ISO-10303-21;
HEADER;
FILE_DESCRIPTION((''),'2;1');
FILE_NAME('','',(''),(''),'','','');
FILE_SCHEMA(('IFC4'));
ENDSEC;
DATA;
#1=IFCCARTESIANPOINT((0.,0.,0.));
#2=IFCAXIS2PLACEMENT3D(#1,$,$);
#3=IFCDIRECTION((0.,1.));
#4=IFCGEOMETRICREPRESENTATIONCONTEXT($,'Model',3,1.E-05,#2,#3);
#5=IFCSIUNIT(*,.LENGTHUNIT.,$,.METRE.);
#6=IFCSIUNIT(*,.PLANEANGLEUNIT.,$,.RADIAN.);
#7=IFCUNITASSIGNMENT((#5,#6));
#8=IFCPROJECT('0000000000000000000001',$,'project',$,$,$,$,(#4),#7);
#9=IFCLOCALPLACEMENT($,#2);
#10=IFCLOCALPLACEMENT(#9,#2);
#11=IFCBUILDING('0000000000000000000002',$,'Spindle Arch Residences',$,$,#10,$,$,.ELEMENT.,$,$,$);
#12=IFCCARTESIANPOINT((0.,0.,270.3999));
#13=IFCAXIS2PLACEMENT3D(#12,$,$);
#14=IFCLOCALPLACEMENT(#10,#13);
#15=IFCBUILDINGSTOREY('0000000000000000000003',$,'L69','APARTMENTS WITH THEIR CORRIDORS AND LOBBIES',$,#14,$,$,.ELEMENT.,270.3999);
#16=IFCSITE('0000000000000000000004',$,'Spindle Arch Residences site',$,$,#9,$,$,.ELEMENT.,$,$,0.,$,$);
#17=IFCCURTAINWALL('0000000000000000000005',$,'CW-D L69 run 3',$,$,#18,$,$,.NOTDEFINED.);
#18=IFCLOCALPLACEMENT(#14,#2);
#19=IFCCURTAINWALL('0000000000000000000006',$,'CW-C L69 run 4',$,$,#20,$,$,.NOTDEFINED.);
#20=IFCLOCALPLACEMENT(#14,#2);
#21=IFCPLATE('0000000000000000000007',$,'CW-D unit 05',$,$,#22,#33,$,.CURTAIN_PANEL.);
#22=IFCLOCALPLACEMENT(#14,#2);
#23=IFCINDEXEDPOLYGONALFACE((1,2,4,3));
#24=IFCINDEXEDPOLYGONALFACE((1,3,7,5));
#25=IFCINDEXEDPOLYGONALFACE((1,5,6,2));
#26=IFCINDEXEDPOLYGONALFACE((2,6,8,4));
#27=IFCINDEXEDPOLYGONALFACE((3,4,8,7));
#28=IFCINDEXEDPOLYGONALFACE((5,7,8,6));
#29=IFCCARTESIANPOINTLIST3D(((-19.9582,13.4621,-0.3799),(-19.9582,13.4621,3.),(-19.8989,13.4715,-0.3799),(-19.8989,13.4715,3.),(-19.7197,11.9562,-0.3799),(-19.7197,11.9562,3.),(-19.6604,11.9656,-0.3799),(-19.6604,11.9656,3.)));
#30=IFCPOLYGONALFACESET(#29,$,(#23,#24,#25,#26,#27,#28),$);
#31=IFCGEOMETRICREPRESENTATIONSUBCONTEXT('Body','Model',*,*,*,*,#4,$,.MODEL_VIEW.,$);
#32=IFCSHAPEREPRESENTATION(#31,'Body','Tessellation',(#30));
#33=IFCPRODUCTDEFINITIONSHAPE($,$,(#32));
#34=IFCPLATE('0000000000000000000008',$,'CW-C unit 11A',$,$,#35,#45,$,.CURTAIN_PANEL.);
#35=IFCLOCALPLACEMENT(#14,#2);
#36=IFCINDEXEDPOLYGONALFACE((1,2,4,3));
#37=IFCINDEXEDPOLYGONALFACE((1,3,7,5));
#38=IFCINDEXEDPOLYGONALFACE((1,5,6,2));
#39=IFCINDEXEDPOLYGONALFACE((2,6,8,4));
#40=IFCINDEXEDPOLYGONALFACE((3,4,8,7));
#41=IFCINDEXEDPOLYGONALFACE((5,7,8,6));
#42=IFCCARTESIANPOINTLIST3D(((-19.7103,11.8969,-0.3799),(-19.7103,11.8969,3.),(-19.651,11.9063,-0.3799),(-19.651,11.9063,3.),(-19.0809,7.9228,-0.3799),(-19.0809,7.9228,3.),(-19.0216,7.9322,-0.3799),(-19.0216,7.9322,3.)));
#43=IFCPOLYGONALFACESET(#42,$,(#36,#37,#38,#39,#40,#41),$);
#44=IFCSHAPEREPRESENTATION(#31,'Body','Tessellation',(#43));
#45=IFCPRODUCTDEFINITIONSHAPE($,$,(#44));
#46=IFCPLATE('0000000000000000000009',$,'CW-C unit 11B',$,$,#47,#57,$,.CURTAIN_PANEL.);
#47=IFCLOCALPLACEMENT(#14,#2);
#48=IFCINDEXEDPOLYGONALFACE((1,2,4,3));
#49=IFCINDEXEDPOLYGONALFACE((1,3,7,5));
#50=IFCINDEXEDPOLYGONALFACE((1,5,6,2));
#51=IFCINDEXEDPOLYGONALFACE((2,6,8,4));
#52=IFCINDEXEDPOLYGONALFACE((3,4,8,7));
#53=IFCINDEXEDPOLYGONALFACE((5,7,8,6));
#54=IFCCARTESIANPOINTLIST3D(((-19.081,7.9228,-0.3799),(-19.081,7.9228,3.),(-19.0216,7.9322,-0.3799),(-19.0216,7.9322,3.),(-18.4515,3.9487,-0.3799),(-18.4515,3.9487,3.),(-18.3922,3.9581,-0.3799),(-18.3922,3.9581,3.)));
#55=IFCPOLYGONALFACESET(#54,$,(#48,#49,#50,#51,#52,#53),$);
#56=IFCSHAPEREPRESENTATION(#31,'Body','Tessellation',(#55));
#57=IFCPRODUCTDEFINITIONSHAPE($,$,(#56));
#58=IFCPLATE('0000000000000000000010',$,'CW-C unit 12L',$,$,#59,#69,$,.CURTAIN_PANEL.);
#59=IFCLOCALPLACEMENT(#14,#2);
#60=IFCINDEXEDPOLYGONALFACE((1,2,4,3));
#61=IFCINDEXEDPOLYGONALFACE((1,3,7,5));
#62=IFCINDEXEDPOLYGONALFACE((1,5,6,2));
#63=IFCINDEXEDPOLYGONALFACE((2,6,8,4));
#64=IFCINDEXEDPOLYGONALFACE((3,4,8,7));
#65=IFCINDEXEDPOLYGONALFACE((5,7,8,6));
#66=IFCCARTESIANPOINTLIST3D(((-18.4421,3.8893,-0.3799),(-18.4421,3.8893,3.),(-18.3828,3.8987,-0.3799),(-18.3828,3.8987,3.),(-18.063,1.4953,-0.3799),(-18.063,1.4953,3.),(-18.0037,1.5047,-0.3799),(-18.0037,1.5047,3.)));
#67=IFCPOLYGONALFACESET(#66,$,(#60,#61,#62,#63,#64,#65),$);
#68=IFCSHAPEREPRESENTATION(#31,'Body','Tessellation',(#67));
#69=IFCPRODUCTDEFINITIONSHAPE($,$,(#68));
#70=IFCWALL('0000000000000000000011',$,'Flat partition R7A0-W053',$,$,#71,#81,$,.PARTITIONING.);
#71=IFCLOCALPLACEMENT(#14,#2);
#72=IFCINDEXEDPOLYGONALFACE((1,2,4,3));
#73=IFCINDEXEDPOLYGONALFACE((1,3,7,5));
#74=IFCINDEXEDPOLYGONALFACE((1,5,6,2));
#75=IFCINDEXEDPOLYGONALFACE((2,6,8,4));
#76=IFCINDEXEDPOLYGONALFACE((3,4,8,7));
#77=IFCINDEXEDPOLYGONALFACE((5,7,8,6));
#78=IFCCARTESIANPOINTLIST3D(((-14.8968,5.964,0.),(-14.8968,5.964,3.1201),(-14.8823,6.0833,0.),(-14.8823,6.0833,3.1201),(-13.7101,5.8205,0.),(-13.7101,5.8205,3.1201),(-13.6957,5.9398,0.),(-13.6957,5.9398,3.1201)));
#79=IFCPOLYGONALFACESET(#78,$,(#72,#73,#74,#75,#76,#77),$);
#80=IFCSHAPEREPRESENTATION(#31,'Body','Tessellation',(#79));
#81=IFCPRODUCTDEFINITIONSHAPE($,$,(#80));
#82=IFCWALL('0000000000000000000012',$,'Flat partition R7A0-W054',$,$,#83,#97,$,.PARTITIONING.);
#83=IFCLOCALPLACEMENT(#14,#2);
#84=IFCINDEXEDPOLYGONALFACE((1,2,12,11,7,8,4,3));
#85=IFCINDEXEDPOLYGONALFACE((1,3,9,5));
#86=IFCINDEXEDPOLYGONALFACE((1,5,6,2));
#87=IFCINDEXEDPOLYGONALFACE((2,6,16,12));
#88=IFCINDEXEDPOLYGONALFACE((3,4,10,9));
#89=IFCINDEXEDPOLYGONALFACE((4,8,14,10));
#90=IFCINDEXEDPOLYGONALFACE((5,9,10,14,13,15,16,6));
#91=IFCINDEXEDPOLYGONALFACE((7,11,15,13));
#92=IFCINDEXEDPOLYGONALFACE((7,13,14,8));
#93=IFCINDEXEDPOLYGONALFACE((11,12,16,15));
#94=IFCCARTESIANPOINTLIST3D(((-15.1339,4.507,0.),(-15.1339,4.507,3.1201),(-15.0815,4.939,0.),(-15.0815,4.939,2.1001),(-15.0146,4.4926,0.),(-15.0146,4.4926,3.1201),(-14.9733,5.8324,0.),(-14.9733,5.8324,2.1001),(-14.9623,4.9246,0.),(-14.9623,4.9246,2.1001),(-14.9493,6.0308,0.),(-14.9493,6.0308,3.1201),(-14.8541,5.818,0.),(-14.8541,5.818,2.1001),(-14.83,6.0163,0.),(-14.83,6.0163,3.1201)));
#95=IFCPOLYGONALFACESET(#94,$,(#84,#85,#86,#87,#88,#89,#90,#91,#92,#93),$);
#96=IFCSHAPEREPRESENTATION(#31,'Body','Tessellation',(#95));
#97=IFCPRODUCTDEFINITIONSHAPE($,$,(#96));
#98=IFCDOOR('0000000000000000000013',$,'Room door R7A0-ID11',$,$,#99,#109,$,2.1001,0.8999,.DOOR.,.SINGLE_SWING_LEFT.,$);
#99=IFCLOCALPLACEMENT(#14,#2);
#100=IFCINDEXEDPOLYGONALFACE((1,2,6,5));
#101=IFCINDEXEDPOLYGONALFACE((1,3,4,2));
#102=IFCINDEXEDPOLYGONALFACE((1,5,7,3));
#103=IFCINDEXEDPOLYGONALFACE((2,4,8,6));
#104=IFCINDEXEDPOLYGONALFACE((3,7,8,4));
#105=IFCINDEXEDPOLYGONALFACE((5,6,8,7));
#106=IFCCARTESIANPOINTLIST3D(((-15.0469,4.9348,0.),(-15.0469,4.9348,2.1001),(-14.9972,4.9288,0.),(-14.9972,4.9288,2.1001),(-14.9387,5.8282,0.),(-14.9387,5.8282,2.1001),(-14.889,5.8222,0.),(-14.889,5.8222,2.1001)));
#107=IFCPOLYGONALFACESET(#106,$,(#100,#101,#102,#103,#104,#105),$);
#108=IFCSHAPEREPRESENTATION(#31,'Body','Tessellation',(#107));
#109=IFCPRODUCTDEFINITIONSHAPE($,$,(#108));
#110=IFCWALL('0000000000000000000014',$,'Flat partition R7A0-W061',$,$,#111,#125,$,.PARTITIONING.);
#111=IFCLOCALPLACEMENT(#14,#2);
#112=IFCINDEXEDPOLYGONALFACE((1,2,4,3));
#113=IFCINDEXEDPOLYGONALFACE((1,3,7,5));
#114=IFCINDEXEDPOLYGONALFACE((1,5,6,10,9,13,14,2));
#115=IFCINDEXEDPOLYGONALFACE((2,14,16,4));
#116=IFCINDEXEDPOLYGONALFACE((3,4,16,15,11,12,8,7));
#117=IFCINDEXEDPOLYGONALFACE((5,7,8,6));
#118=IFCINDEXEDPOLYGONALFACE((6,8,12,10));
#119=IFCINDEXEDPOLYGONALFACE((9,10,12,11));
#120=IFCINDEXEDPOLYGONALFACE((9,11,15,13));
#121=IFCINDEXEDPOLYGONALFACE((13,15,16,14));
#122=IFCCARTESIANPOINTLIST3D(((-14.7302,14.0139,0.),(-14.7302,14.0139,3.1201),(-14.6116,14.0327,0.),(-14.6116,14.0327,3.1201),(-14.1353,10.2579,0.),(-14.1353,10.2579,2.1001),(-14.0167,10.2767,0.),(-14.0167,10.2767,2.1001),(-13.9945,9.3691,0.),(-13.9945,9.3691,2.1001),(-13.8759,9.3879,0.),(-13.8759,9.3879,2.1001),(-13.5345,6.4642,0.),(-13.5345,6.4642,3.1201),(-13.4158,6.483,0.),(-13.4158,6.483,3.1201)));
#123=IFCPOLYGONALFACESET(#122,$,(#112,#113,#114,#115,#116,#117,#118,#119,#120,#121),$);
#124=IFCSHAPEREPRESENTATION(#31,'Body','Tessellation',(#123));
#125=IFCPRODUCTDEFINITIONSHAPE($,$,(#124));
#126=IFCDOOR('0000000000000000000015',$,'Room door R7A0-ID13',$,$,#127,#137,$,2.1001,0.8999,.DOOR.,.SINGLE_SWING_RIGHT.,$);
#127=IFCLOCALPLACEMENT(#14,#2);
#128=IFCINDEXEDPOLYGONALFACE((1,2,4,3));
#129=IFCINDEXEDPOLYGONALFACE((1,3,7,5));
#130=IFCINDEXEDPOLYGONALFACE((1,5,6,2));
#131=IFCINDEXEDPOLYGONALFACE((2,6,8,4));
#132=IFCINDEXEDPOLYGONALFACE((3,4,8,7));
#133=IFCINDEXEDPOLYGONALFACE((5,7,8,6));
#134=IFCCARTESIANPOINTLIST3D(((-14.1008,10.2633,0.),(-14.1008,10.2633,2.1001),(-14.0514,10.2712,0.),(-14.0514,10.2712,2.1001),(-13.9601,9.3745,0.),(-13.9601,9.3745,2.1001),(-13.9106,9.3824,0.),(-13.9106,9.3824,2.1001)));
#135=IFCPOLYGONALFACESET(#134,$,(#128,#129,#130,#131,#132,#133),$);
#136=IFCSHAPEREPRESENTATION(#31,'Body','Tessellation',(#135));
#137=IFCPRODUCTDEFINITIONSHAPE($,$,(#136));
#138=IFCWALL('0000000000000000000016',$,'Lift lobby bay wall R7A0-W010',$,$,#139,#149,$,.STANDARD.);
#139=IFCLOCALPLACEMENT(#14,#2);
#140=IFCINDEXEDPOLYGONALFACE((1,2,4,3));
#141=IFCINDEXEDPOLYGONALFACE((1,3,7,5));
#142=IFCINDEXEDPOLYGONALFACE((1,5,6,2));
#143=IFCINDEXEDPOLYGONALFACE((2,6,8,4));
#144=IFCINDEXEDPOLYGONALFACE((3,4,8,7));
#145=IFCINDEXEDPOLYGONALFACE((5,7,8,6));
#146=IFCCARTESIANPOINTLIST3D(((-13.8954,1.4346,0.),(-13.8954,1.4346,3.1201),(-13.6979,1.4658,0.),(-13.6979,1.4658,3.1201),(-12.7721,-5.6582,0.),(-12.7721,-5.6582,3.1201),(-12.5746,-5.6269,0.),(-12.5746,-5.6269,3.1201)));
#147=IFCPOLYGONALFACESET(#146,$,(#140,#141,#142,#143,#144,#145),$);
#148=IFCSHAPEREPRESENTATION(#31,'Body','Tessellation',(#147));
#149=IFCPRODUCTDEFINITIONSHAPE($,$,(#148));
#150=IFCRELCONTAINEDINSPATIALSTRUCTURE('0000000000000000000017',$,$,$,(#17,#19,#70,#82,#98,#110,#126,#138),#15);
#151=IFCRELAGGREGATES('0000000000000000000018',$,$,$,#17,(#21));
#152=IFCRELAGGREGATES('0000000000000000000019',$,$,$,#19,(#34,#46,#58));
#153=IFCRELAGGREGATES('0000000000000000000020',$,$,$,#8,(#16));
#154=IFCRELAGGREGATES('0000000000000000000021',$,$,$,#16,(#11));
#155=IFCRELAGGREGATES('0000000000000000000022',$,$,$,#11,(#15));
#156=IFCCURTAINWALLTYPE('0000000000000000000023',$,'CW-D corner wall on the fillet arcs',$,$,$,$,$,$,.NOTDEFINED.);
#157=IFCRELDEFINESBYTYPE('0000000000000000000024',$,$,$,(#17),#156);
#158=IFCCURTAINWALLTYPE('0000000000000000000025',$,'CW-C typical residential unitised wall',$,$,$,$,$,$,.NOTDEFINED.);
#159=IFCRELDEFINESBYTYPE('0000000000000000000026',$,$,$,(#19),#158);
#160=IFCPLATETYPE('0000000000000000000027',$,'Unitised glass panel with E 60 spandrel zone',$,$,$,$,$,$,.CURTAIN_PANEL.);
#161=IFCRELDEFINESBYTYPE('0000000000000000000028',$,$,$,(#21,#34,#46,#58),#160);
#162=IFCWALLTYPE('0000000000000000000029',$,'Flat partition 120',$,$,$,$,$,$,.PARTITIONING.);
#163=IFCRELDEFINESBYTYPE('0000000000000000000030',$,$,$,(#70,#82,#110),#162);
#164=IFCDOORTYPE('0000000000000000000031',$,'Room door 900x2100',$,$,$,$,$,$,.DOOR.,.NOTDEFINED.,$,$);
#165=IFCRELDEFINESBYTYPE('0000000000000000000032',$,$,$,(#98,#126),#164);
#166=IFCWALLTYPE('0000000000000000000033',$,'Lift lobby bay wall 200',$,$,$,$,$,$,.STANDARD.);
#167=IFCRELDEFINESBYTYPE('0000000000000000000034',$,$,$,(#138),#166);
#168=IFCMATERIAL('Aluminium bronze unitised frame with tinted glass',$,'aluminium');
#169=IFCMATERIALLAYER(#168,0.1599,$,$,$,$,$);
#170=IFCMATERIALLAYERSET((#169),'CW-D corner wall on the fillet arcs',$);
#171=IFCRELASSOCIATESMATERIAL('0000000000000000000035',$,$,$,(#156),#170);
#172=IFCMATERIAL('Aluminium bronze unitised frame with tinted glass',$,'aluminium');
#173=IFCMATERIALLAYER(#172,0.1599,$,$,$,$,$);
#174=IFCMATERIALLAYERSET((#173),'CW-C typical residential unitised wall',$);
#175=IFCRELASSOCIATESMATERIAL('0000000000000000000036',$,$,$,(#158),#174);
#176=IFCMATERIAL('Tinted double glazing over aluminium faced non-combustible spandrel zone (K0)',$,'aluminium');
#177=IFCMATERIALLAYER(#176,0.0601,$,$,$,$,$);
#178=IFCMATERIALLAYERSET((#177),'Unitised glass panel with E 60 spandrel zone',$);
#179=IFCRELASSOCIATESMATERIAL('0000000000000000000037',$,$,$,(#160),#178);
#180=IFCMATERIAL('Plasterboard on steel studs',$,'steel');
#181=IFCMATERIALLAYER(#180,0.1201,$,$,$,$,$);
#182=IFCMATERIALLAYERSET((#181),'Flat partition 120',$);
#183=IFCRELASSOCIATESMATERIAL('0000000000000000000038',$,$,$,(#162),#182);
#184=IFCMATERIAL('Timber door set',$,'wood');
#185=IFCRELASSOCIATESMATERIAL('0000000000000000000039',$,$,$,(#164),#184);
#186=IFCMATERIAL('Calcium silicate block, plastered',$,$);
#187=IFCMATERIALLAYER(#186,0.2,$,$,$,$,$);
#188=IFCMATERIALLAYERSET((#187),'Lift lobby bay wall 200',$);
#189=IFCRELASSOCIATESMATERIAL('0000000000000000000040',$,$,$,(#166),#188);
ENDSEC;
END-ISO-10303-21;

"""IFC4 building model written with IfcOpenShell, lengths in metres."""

from ifc_helpers import new_model, si_unit, direction, frame, frame_2d, origin, origin_2d, place, context, subcontext, project, spatial, rectangle, extrude, material, layer, layer_set, type_object, element, fill, aggregate, save


model = new_model("IFC4")

# Units and contexts
model_context = context("Model", 3, precision=1e-05, world=origin(), true_north=direction((0.0, 1.0)))
body_context = subcontext(model_context, "Body", "Model", "MODEL_VIEW")
ifc_project = project(units=[si_unit("LENGTHUNIT", "METRE"), si_unit("PLANEANGLEUNIT", "RADIAN")], contexts=[model_context])

# Site, building, storey
site_placement = place(None, origin())
site = spatial("IfcSite", under=ifc_project, at=site_placement, Name="Spindle Arch Residences site", CompositionType="ELEMENT", RefElevation=0.0)
building_placement = place(site_placement, origin())
building = spatial("IfcBuilding", under=site, at=building_placement, Name="Spindle Arch Residences", CompositionType="ELEMENT")
storey_placement = place(building_placement, frame((0.0, 0.0, 270.3999)))
storey = spatial("IfcBuildingStorey", under=building, at=storey_placement, Name="L69", Description="APARTMENTS WITH THEIR CORRIDORS AND LOBBIES", CompositionType="ELEMENT", Elevation=270.3999)

# Curtain wall
ifc_material_1 = material(Name="Aluminium bronze unitised frame with tinted glass", Category="aluminium")
ifc_layer_1 = layer(ifc_material_1, 0.1599)
ifc_layer_set_1 = layer_set([ifc_layer_1], Name="CW-D corner wall on the fillet arcs")
curtain_wall_type_1 = type_object("IfcCurtainWallType", Name="CW-D corner wall on the fillet arcs", PredefinedType="NOTDEFINED", material=ifc_layer_set_1)
curtain_wall_1_placement = place(storey_placement, origin())
curtain_wall_1 = element("IfcCurtainWall", 1, at=curtain_wall_1_placement, inside=storey, type_object=curtain_wall_type_1, Name="CW-D L69 run 3", PredefinedType="NOTDEFINED")

# Curtain wall
ifc_material_2 = material(Name="Aluminium bronze unitised frame with tinted glass", Category="aluminium")
ifc_layer_2 = layer(ifc_material_2, 0.1599)
ifc_layer_set_2 = layer_set([ifc_layer_2], Name="CW-C typical residential unitised wall")
curtain_wall_type_2 = type_object("IfcCurtainWallType", Name="CW-C typical residential unitised wall", PredefinedType="NOTDEFINED", material=ifc_layer_set_2)
curtain_wall_2_placement = place(storey_placement, origin())
curtain_wall_2 = element("IfcCurtainWall", 2, at=curtain_wall_2_placement, inside=storey, type_object=curtain_wall_type_2, Name="CW-C L69 run 4", PredefinedType="NOTDEFINED")

# Plates
ifc_material_3 = material(Name="Tinted double glazing over aluminium faced non-combustible spandrel zone (K0)", Category="aluminium")
ifc_layer_3 = layer(ifc_material_3, 0.0601)
ifc_layer_set_3 = layer_set([ifc_layer_3], Name="Unitised glass panel with E 60 spandrel zone")
plate_type = type_object("IfcPlateType", Name="Unitised glass panel with E 60 spandrel zone", PredefinedType="CURTAIN_PANEL", material=ifc_layer_set_3)
plate_1_placement = place(storey_placement, frame((-19.8093, 12.7139, -0.3799), z_axis=(0.0, 0.0, 1.0), x_axis=(0.156434, -0.987688, 0.0)))
plate_1 = element("IfcPlate", 3, at=plate_1_placement, type_object=plate_type, Name="CW-D unit 05", PredefinedType="CURTAIN_PANEL", context=body_context, shape_type="SweptSolid", body=[
    extrude(rectangle(XDim=1.5247, YDim=0.0601, at=origin_2d()), origin(), (0.0, 0.0, 1.0), 3.3799),
])
aggregate(curtain_wall_1, [plate_1])
plate_2_placement = place(storey_placement, frame((-19.366, 9.9146, -0.3799), z_axis=(0.0, 0.0, 1.0), x_axis=(0.156434, -0.987688, 0.0)))
plate_2 = element("IfcPlate", 4, at=plate_2_placement, type_object=plate_type, Name="CW-C unit 11A", PredefinedType="CURTAIN_PANEL", context=body_context, shape_type="SweptSolid", body=[
    extrude(rectangle(XDim=4.0237, YDim=0.0601, at=origin_2d()), origin(), (0.0, 0.0, 1.0), 3.3799),
])
plate_3_placement = place(storey_placement, frame((-18.7366, 5.9404, -0.3799), z_axis=(0.0, 0.0, 1.0), x_axis=(0.156434, -0.987688, 0.0)))
plate_3 = element("IfcPlate", 5, at=plate_3_placement, type_object=plate_type, Name="CW-C unit 11B", PredefinedType="CURTAIN_PANEL", context=body_context, shape_type="SweptSolid", body=[
    extrude(rectangle(XDim=4.0237, YDim=0.0601, at=origin_2d()), origin(), (0.0, 0.0, 1.0), 3.3799),
])
plate_4_placement = place(storey_placement, frame((-18.2229, 2.697, -0.3799), z_axis=(0.0, 0.0, 1.0), x_axis=(0.156434, -0.987688, 0.0)))
plate_4 = element("IfcPlate", 6, at=plate_4_placement, type_object=plate_type, Name="CW-C unit 12L", PredefinedType="CURTAIN_PANEL", context=body_context, shape_type="SweptSolid", body=[
    extrude(rectangle(XDim=2.4238, YDim=0.0601, at=origin_2d()), origin(), (0.0, 0.0, 1.0), 3.3799),
])
aggregate(curtain_wall_2, [plate_2, plate_3, plate_4])

# Wall
ifc_material_4 = material(Name="Plasterboard on steel studs", Category="steel")
ifc_layer_4 = layer(ifc_material_4, 0.1201)
ifc_layer_set_4 = layer_set([ifc_layer_4], Name="Flat partition 120")
wall_type_1 = type_object("IfcWallType", Name="Flat partition 120", PredefinedType="PARTITIONING", material=ifc_layer_set_4)
wall_1_placement = place(storey_placement, frame((-13.7029, 5.8801, 0.0), z_axis=(0.0, 0.0, 1.0), x_axis=(-0.992763, 0.120087, 0.0)))
element("IfcWall", 7, at=wall_1_placement, inside=storey, type_object=wall_type_1, Name="Flat partition R7A0-W053", PredefinedType="PARTITIONING", context=body_context, shape_type="SweptSolid", body=[
    extrude(rectangle(XDim=1.1953, YDim=0.1201, at=frame_2d((0.5977, 0.0))), origin(), (0.0, 0.0, 1.0), 3.1201),
])

# Walls, openings, doors
wall_2_placement = place(storey_placement, frame((-14.8896, 6.0237, 0.0), z_axis=(0.0, 0.0, 1.0), x_axis=(-0.120255, -0.992743, 0.0)))
wall_2 = element("IfcWall", 8, at=wall_2_placement, inside=storey, type_object=wall_type_1, Name="Flat partition R7A0-W054", PredefinedType="PARTITIONING", context=body_context, shape_type="SweptSolid", body=[
    extrude(rectangle(XDim=1.5349, YDim=0.1201, at=frame_2d((0.7676, 0.0))), origin(), (0.0, 0.0, 1.0), 3.1201),
])
opening_1_placement = place(wall_2_placement, frame((0.2, 0.0, 0.0)))
opening_1 = element("IfcOpeningElement", 9, at=opening_1_placement, cuts=wall_2, PredefinedType="OPENING", context=body_context, shape_type="SweptSolid", body=[
    extrude(rectangle(XDim=0.8999, YDim=2.1001, at=frame_2d((0.45, 1.05))), frame((0.0, 0.0701, 0.0), z_axis=(0.0, -1.0, 0.0), x_axis=(1.0, 0.0, 0.0)), (0.0, 0.0, 1.0), 0.1401),
])
ifc_material_5 = material(Name="Timber door set", Category="wood")
door_type_1 = type_object("IfcDoorType", Name="Room door 900x2100", OperationType="NOTDEFINED", PredefinedType="DOOR", material=ifc_material_5)
door_1_placement = place(opening_1_placement, origin())
door_1 = element("IfcDoor", 10, at=door_1_placement, inside=storey, type_object=door_type_1, Name="Room door R7A0-ID11", OperationType="SINGLE_SWING_LEFT", OverallHeight=2.1001, OverallWidth=0.8999, PredefinedType="DOOR", context=body_context, shape_type="SweptSolid", body=[
    extrude(rectangle(XDim=0.8999, YDim=2.1001, at=frame_2d((0.45, 1.05))), frame((0.0, 0.0249, 0.0), z_axis=(0.0, -1.0, 0.0), x_axis=(1.0, 0.0, 0.0)), (0.0, 0.0, 1.0), 0.05),
])
fill(opening_1, door_1)
wall_3_placement = place(storey_placement, frame((-14.6709, 14.0232, 0.0), z_axis=(0.0, 0.0, 1.0), x_axis=(0.156438, -0.987688, 0.0)))
wall_3 = element("IfcWall", 11, at=wall_3_placement, inside=storey, type_object=wall_type_1, Name="Flat partition R7A0-W061", PredefinedType="PARTITIONING", context=body_context, shape_type="SweptSolid", body=[
    extrude(rectangle(XDim=7.6438, YDim=0.1201, at=frame_2d((3.8218, 0.0))), origin(), (0.0, 0.0, 1.0), 3.1201),
])
opening_2_placement = place(wall_3_placement, frame((3.8027, 0.0, 0.0)))
opening_2 = element("IfcOpeningElement", 12, at=opening_2_placement, cuts=wall_3, PredefinedType="OPENING", context=body_context, shape_type="SweptSolid", body=[
    extrude(rectangle(XDim=0.8999, YDim=2.1001, at=frame_2d((0.45, 1.05))), frame((0.0, 0.0701, 0.0), z_axis=(0.0, -1.0, 0.0), x_axis=(1.0, 0.0, 0.0)), (0.0, 0.0, 1.0), 0.1401),
])
door_2_placement = place(opening_2_placement, origin())
door_2 = element("IfcDoor", 13, at=door_2_placement, inside=storey, type_object=door_type_1, Name="Room door R7A0-ID13", OperationType="SINGLE_SWING_RIGHT", OverallHeight=2.1001, OverallWidth=0.8999, PredefinedType="DOOR", context=body_context, shape_type="SweptSolid", body=[
    extrude(rectangle(XDim=0.8999, YDim=2.1001, at=frame_2d((0.45, 1.05))), frame((0.0, 0.0249, 0.0), z_axis=(0.0, -1.0, 0.0), x_axis=(1.0, 0.0, 0.0)), (0.0, 0.0, 1.0), 0.05),
])
fill(opening_2, door_2)

# Wall
ifc_material_6 = material(Name="Calcium silicate block, plastered")
ifc_layer_5 = layer(ifc_material_6, 0.2)
ifc_layer_set_5 = layer_set([ifc_layer_5], Name="Lift lobby bay wall 200")
wall_type_2 = type_object("IfcWallType", Name="Lift lobby bay wall 200", PredefinedType="STANDARD", material=ifc_layer_set_5)
wall_4_placement = place(storey_placement, frame((-13.7966, 1.4502, 0.0), z_axis=(0.0, 0.0, 1.0), x_axis=(0.156422, -0.98769, 0.0)))
element("IfcWall", 14, at=wall_4_placement, inside=storey, type_object=wall_type_2, Name="Lift lobby bay wall R7A0-W010", PredefinedType="STANDARD", context=body_context, shape_type="SweptSolid", body=[
    extrude(rectangle(XDim=7.1812, YDim=0.2, at=frame_2d((3.5906, 0.0))), origin(), (0.0, 0.0, 1.0), 3.1201),
])

save(model, "model.ifc")
